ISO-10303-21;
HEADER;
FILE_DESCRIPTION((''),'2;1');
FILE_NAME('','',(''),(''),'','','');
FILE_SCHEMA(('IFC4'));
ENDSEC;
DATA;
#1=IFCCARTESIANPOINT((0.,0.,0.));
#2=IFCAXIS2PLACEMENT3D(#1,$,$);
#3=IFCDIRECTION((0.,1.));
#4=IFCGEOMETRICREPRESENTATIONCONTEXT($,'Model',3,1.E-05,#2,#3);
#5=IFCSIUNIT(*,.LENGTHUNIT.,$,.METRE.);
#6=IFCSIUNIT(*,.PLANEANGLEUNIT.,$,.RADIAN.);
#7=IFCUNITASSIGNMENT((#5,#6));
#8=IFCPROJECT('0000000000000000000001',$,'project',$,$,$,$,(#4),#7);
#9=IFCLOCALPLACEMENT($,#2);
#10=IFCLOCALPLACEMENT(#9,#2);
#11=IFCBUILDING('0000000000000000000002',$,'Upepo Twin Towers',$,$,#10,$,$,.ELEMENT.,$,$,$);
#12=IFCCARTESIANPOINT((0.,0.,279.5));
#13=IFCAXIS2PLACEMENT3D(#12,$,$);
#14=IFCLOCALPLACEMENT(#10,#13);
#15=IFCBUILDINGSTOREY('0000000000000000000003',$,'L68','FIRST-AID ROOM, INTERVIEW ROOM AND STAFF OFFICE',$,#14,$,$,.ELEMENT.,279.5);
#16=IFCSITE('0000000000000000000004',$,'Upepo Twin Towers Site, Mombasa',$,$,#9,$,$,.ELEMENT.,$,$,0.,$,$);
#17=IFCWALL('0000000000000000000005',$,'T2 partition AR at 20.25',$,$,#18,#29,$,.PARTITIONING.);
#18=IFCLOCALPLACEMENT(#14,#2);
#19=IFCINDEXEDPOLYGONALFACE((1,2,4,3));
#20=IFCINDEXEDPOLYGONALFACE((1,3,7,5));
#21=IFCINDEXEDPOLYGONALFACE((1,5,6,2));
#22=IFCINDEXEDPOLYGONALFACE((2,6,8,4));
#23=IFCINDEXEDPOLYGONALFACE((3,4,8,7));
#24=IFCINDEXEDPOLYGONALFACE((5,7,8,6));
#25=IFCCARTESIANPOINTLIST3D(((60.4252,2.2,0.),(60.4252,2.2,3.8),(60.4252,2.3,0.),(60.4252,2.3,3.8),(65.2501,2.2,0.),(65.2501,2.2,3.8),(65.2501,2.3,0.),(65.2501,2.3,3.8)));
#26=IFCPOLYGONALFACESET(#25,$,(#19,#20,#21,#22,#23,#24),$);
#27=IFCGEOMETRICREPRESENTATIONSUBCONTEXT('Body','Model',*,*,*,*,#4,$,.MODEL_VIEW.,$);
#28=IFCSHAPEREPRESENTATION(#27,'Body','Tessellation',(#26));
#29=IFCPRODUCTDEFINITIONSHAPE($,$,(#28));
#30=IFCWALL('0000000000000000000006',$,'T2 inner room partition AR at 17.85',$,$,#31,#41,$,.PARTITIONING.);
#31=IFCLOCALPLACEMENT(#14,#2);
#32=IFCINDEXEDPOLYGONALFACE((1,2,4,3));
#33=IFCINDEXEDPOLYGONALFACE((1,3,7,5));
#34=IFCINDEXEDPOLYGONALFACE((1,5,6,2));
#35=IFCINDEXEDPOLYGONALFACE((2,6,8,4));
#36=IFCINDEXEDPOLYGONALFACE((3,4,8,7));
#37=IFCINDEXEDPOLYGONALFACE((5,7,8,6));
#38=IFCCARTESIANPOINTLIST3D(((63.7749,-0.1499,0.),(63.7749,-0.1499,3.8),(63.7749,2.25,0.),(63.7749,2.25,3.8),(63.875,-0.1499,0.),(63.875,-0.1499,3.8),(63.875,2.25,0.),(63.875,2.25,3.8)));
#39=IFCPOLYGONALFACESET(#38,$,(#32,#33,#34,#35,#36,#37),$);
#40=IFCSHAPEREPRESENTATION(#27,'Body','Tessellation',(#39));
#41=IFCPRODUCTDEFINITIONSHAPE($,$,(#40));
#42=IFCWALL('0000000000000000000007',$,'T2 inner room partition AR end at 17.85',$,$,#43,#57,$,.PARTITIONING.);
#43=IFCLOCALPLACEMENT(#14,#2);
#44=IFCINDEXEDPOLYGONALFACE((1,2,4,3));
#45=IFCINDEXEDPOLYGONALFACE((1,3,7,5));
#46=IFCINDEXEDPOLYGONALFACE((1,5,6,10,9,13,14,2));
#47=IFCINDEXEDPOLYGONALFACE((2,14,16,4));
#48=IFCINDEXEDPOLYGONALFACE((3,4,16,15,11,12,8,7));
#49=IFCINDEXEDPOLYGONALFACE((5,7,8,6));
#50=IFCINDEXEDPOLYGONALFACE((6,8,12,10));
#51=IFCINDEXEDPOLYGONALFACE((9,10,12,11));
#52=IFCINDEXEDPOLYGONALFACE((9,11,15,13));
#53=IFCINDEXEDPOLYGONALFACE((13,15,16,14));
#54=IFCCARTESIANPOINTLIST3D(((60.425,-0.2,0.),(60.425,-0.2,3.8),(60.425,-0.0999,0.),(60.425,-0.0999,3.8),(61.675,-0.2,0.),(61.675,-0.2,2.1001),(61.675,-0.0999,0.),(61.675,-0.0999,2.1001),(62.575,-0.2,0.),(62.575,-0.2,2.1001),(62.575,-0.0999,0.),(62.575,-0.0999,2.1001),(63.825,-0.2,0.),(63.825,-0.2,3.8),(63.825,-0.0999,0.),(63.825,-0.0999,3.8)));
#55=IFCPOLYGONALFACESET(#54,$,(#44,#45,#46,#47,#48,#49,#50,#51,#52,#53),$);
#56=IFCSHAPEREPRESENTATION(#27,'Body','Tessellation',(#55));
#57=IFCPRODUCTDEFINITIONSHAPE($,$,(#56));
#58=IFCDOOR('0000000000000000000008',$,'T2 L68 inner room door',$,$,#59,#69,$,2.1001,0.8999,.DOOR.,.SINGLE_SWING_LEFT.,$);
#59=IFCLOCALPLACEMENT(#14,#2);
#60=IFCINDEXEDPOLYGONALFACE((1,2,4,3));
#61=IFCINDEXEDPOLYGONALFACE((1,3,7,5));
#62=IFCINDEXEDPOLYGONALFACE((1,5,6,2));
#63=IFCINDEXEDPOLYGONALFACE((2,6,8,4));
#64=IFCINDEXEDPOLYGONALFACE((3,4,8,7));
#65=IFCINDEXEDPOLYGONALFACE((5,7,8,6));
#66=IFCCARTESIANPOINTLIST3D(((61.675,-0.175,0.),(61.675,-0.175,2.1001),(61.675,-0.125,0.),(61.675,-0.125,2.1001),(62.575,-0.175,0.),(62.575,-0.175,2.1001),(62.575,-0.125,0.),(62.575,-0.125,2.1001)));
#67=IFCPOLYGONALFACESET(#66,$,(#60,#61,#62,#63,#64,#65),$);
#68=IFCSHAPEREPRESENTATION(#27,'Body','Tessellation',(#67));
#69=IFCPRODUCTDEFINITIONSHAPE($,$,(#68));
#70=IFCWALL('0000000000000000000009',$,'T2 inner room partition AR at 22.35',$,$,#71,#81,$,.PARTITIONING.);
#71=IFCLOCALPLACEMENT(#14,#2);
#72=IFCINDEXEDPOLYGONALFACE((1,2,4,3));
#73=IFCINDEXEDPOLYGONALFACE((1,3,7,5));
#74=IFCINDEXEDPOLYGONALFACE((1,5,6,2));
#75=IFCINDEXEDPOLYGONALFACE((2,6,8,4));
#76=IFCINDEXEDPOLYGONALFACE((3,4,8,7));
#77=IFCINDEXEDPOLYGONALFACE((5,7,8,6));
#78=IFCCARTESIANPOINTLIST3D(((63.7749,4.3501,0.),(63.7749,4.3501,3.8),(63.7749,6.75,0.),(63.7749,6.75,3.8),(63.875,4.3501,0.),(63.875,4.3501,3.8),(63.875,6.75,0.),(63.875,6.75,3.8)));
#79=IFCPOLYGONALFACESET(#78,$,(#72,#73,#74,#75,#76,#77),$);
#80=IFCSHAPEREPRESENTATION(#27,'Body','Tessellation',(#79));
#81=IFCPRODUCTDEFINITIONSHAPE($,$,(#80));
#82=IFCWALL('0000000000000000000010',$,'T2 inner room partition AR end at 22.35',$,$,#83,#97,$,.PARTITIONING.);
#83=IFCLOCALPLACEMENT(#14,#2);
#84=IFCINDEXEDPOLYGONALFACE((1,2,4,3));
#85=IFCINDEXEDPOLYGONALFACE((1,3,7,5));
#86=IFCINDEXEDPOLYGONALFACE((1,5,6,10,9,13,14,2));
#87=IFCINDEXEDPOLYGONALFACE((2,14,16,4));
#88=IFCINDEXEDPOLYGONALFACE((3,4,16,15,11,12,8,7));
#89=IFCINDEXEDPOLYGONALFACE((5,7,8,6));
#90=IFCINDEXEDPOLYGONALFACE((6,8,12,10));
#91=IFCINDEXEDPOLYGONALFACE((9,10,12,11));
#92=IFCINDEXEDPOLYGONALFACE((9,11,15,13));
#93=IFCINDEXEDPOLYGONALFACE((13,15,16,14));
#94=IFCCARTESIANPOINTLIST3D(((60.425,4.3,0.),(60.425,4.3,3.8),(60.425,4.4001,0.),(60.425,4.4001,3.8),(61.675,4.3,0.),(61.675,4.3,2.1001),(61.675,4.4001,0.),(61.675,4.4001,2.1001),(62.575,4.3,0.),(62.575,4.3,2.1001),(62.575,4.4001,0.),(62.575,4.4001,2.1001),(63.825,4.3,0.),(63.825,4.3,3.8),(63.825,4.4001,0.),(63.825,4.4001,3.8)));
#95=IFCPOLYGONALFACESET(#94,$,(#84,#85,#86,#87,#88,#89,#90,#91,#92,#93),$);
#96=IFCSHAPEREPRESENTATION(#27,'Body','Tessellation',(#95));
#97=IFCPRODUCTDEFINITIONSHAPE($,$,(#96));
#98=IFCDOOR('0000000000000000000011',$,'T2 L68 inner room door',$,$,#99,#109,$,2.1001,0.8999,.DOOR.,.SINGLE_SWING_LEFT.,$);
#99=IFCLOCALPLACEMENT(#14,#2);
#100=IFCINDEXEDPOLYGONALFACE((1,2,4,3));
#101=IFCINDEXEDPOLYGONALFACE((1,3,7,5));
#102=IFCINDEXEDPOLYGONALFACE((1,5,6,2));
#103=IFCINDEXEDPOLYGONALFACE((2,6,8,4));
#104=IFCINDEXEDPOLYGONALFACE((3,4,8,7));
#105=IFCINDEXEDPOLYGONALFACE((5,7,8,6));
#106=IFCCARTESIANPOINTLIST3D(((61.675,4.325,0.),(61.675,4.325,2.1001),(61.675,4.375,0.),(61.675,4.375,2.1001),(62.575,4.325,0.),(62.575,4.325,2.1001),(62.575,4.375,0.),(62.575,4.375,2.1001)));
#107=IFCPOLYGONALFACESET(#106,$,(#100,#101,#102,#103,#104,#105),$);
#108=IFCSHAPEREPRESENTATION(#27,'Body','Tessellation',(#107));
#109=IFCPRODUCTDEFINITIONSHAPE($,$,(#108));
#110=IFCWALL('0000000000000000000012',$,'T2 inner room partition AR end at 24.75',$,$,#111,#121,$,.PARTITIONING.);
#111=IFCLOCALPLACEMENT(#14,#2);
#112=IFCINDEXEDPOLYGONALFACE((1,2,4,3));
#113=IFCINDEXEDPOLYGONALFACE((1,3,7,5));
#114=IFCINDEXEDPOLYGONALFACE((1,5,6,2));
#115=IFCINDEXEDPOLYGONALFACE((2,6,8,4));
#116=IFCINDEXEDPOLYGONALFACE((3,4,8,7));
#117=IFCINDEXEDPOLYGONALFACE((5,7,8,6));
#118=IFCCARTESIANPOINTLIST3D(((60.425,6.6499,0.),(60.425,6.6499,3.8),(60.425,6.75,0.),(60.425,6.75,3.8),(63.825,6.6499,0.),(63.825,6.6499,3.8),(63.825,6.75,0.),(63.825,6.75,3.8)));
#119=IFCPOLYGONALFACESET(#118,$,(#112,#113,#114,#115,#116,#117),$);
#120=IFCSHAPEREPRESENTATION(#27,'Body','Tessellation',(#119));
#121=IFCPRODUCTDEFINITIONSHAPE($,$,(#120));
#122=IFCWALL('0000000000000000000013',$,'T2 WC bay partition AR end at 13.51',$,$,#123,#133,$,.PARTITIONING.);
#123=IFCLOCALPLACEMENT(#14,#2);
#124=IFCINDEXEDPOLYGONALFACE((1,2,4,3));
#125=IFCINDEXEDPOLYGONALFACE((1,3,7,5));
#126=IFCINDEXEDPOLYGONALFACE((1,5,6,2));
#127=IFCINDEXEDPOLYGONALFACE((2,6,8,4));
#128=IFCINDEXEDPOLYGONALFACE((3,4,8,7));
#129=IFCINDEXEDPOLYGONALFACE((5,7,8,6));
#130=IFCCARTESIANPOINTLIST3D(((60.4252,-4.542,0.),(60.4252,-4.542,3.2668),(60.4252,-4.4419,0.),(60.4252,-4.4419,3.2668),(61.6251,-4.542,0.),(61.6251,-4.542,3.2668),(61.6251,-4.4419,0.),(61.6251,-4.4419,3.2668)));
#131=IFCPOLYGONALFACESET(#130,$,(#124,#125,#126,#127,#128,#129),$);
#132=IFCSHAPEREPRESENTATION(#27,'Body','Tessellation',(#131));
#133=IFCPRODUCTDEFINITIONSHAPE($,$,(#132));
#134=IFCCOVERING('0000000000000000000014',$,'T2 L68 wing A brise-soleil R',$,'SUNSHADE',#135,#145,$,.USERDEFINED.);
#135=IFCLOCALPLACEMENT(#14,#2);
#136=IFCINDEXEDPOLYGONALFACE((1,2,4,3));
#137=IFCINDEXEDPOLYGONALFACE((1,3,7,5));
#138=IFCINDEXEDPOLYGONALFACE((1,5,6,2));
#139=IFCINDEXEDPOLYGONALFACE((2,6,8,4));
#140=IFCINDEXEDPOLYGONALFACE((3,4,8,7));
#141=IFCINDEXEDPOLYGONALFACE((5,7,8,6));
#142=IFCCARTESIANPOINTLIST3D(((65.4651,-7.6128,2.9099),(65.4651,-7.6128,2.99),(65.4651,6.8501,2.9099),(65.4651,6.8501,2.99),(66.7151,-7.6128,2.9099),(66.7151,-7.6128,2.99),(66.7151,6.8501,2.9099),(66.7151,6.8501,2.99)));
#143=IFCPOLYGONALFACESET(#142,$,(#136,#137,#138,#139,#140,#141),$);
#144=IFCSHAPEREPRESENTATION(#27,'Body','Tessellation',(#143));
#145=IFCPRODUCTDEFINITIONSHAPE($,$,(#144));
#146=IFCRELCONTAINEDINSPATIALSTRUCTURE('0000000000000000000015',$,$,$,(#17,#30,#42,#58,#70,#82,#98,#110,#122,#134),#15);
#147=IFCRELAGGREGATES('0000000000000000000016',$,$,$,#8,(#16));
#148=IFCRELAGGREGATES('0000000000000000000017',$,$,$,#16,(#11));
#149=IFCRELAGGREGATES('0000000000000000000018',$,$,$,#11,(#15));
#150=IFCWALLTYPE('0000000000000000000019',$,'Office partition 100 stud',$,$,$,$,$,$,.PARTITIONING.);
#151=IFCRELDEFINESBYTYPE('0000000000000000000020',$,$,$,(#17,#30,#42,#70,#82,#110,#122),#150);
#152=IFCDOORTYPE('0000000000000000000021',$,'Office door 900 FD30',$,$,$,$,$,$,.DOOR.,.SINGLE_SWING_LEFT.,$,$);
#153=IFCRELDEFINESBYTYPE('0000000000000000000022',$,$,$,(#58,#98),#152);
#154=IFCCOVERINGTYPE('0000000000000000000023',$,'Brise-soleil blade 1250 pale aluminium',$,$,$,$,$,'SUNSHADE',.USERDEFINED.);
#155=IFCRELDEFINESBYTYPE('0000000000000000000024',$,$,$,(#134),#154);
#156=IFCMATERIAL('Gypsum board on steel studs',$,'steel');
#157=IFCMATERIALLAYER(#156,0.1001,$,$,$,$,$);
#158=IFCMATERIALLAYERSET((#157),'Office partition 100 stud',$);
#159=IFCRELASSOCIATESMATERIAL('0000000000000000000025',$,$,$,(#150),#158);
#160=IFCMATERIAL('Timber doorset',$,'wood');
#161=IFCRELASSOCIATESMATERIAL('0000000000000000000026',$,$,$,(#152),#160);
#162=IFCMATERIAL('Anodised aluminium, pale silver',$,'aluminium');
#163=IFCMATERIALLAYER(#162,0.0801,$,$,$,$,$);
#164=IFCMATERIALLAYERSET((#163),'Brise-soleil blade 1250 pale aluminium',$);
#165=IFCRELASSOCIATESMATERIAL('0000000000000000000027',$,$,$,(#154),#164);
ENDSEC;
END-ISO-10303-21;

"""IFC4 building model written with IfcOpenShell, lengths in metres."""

from ifc_helpers import new_model, si_unit, direction, frame, frame_2d, origin, origin_2d, place, context, subcontext, project, spatial, rectangle, extrude, material, layer, layer_set, type_object, element, fill, save


model = new_model("IFC4")

# Units and contexts
model_context = context("Model", 3, precision=1e-05, world=origin(), true_north=direction((0.0, 1.0)))
body_context = subcontext(model_context, "Body", "Model", "MODEL_VIEW")
ifc_project = project(units=[si_unit("LENGTHUNIT", "METRE"), si_unit("PLANEANGLEUNIT", "RADIAN")], contexts=[model_context])

# Site, building, storey
site_placement = place(None, origin())
site = spatial("IfcSite", under=ifc_project, at=site_placement, Name="Upepo Twin Towers Site, Mombasa", CompositionType="ELEMENT", RefElevation=0.0)
building_placement = place(site_placement, origin())
building = spatial("IfcBuilding", under=site, at=building_placement, Name="Upepo Twin Towers", CompositionType="ELEMENT")
storey_placement = place(building_placement, frame((0.0, 0.0, 279.5)))
storey = spatial("IfcBuildingStorey", under=building, at=storey_placement, Name="L68", Description="FIRST-AID ROOM, INTERVIEW ROOM AND STAFF OFFICE", CompositionType="ELEMENT", Elevation=279.5)

# Walls
ifc_material_1 = material(Name="Gypsum board on steel studs", Category="steel")
ifc_layer_1 = layer(ifc_material_1, 0.1001)
ifc_layer_set_1 = layer_set([ifc_layer_1], Name="Office partition 100 stud")
wall_type_1 = type_object("IfcWallType", Name="Office partition 100 stud", PredefinedType="PARTITIONING", material=ifc_layer_set_1)
for number, where, z_axis, x_axis, name in (
    (1, (60.425, 2.25, 0.0), (0.0, 0.0, 1.0), (1.0, 0.0, 0.0), "T2 partition AR at 20.25"),
):
    element("IfcWall", number, at=place(storey_placement, frame(where, z_axis=z_axis, x_axis=x_axis)), inside=storey, type_object=wall_type_1, Name=name, PredefinedType="PARTITIONING", context=body_context, shape_type="SweptSolid", body=[
        extrude(rectangle(XDim=4.825, YDim=0.1001, at=frame_2d((2.4126, 0.0))), origin(), (0.0, 0.0, 1.0), 3.8),
    ])
wall_1_placement = place(storey_placement, frame((63.825, -0.1499, 0.0), z_axis=(0.0, 0.0, 1.0), x_axis=(0.0, 1.0, 0.0)))
element("IfcWall", 2, at=wall_1_placement, inside=storey, type_object=wall_type_1, Name="T2 inner room partition AR at 17.85", PredefinedType="PARTITIONING", context=body_context, shape_type="SweptSolid", body=[
    extrude(rectangle(XDim=2.3999, YDim=0.1001, at=frame_2d((1.2, 0.0))), origin(), (0.0, 0.0, 1.0), 3.8),
])

# Wall, opening, door
wall_2_placement = place(storey_placement, frame((60.425, -0.1499, 0.0), z_axis=(0.0, 0.0, 1.0), x_axis=(1.0, 0.0, 0.0)))
wall_2 = element("IfcWall", 3, at=wall_2_placement, inside=storey, type_object=wall_type_1, Name="T2 inner room partition AR end at 17.85", PredefinedType="PARTITIONING", context=body_context, shape_type="SweptSolid", body=[
    extrude(rectangle(XDim=3.3999, YDim=0.1001, at=frame_2d((1.7, 0.0))), origin(), (0.0, 0.0, 1.0), 3.8),
])
opening_1_placement = place(wall_2_placement, frame((1.25, 0.0, 0.0)))
opening_1 = element("IfcOpeningElement", 4, at=opening_1_placement, cuts=wall_2, PredefinedType="OPENING", context=body_context, shape_type="SweptSolid", body=[
    extrude(rectangle(XDim=0.8999, YDim=2.1001, at=frame_2d((0.45, 1.05))), frame((0.0, 0.0601, 0.0), z_axis=(0.0, -1.0, 0.0), x_axis=(1.0, 0.0, 0.0)), (0.0, 0.0, 1.0), 0.1201),
])
ifc_material_2 = material(Name="Timber doorset", Category="wood")
door_type = type_object("IfcDoorType", Name="Office door 900 FD30", OperationType="SINGLE_SWING_LEFT", PredefinedType="DOOR", material=ifc_material_2)
door_1_placement = place(opening_1_placement, origin())
door_1 = element("IfcDoor", 5, at=door_1_placement, inside=storey, type_object=door_type, Name="T2 L68 inner room door", OperationType="SINGLE_SWING_LEFT", OverallHeight=2.1001, OverallWidth=0.8999, PredefinedType="DOOR", context=body_context, shape_type="SweptSolid", body=[
    extrude(rectangle(XDim=0.8999, YDim=2.1001, at=frame_2d((0.45, 1.05))), frame((0.0, 0.0249, 0.0), z_axis=(0.0, -1.0, 0.0), x_axis=(1.0, 0.0, 0.0)), (0.0, 0.0, 1.0), 0.05),
])
fill(opening_1, door_1)

# Wall
wall_3_placement = place(storey_placement, frame((63.825, 4.3501, 0.0), z_axis=(0.0, 0.0, 1.0), x_axis=(0.0, 1.0, 0.0)))
element("IfcWall", 6, at=wall_3_placement, inside=storey, type_object=wall_type_1, Name="T2 inner room partition AR at 22.35", PredefinedType="PARTITIONING", context=body_context, shape_type="SweptSolid", body=[
    extrude(rectangle(XDim=2.3999, YDim=0.1001, at=frame_2d((1.2, 0.0))), origin(), (0.0, 0.0, 1.0), 3.8),
])

# Wall, opening, door
wall_4_placement = place(storey_placement, frame((60.425, 4.3501, 0.0), z_axis=(0.0, 0.0, 1.0), x_axis=(1.0, 0.0, 0.0)))
wall_4 = element("IfcWall", 7, at=wall_4_placement, inside=storey, type_object=wall_type_1, Name="T2 inner room partition AR end at 22.35", PredefinedType="PARTITIONING", context=body_context, shape_type="SweptSolid", body=[
    extrude(rectangle(XDim=3.3999, YDim=0.1001, at=frame_2d((1.7, 0.0))), origin(), (0.0, 0.0, 1.0), 3.8),
])
opening_2_placement = place(wall_4_placement, frame((1.25, 0.0, 0.0)))
opening_2 = element("IfcOpeningElement", 8, at=opening_2_placement, cuts=wall_4, PredefinedType="OPENING", context=body_context, shape_type="SweptSolid", body=[
    extrude(rectangle(XDim=0.8999, YDim=2.1001, at=frame_2d((0.45, 1.05))), frame((0.0, 0.0601, 0.0), z_axis=(0.0, -1.0, 0.0), x_axis=(1.0, 0.0, 0.0)), (0.0, 0.0, 1.0), 0.1201),
])
door_2_placement = place(opening_2_placement, origin())
door_2 = element("IfcDoor", 9, at=door_2_placement, inside=storey, type_object=door_type, Name="T2 L68 inner room door", OperationType="SINGLE_SWING_LEFT", OverallHeight=2.1001, OverallWidth=0.8999, PredefinedType="DOOR", context=body_context, shape_type="SweptSolid", body=[
    extrude(rectangle(XDim=0.8999, YDim=2.1001, at=frame_2d((0.45, 1.05))), frame((0.0, 0.0249, 0.0), z_axis=(0.0, -1.0, 0.0), x_axis=(1.0, 0.0, 0.0)), (0.0, 0.0, 1.0), 0.05),
])
fill(opening_2, door_2)

# Walls
wall_5_placement = place(storey_placement, frame((60.425, 6.7, 0.0), z_axis=(0.0, 0.0, 1.0), x_axis=(1.0, 0.0, 0.0)))
element("IfcWall", 10, at=wall_5_placement, inside=storey, type_object=wall_type_1, Name="T2 inner room partition AR end at 24.75", PredefinedType="PARTITIONING", context=body_context, shape_type="SweptSolid", body=[
    extrude(rectangle(XDim=3.3999, YDim=0.1001, at=frame_2d((1.7, 0.0))), origin(), (0.0, 0.0, 1.0), 3.8),
])
wall_6_placement = place(storey_placement, frame((60.425, -4.4919, 0.0), z_axis=(0.0, 0.0, 1.0), x_axis=(1.0, 0.0, 0.0)))
element("IfcWall", 11, at=wall_6_placement, inside=storey, type_object=wall_type_1, Name="T2 WC bay partition AR end at 13.51", PredefinedType="PARTITIONING", context=body_context, shape_type="SweptSolid", body=[
    extrude(rectangle(XDim=1.2, YDim=0.1001, at=frame_2d((0.6001, 0.0))), origin(), (0.0, 0.0, 1.0), 3.2668),
])

# Covering
ifc_material_3 = material(Name="Anodised aluminium, pale silver", Category="aluminium")
ifc_layer_2 = layer(ifc_material_3, 0.0801)
ifc_layer_set_2 = layer_set([ifc_layer_2], Name="Brise-soleil blade 1250 pale aluminium")
covering_type = type_object("IfcCoveringType", Name="Brise-soleil blade 1250 pale aluminium", ElementType="SUNSHADE", PredefinedType="USERDEFINED", material=ifc_layer_set_2)
covering_placement = place(storey_placement, frame((66.0901, -0.3813, 2.9099), z_axis=(0.0, 0.0, 1.0), x_axis=(0.0, 1.0, 0.0)))
element("IfcCovering", 12, at=covering_placement, inside=storey, type_object=covering_type, Name="T2 L68 wing A brise-soleil R", ObjectType="SUNSHADE", PredefinedType="USERDEFINED", context=body_context, shape_type="SweptSolid", body=[
    extrude(rectangle(XDim=14.4629, YDim=1.25, at=origin_2d()), origin(), (0.0, 0.0, 1.0), 0.0801),
])

save(model, "model.ifc")
